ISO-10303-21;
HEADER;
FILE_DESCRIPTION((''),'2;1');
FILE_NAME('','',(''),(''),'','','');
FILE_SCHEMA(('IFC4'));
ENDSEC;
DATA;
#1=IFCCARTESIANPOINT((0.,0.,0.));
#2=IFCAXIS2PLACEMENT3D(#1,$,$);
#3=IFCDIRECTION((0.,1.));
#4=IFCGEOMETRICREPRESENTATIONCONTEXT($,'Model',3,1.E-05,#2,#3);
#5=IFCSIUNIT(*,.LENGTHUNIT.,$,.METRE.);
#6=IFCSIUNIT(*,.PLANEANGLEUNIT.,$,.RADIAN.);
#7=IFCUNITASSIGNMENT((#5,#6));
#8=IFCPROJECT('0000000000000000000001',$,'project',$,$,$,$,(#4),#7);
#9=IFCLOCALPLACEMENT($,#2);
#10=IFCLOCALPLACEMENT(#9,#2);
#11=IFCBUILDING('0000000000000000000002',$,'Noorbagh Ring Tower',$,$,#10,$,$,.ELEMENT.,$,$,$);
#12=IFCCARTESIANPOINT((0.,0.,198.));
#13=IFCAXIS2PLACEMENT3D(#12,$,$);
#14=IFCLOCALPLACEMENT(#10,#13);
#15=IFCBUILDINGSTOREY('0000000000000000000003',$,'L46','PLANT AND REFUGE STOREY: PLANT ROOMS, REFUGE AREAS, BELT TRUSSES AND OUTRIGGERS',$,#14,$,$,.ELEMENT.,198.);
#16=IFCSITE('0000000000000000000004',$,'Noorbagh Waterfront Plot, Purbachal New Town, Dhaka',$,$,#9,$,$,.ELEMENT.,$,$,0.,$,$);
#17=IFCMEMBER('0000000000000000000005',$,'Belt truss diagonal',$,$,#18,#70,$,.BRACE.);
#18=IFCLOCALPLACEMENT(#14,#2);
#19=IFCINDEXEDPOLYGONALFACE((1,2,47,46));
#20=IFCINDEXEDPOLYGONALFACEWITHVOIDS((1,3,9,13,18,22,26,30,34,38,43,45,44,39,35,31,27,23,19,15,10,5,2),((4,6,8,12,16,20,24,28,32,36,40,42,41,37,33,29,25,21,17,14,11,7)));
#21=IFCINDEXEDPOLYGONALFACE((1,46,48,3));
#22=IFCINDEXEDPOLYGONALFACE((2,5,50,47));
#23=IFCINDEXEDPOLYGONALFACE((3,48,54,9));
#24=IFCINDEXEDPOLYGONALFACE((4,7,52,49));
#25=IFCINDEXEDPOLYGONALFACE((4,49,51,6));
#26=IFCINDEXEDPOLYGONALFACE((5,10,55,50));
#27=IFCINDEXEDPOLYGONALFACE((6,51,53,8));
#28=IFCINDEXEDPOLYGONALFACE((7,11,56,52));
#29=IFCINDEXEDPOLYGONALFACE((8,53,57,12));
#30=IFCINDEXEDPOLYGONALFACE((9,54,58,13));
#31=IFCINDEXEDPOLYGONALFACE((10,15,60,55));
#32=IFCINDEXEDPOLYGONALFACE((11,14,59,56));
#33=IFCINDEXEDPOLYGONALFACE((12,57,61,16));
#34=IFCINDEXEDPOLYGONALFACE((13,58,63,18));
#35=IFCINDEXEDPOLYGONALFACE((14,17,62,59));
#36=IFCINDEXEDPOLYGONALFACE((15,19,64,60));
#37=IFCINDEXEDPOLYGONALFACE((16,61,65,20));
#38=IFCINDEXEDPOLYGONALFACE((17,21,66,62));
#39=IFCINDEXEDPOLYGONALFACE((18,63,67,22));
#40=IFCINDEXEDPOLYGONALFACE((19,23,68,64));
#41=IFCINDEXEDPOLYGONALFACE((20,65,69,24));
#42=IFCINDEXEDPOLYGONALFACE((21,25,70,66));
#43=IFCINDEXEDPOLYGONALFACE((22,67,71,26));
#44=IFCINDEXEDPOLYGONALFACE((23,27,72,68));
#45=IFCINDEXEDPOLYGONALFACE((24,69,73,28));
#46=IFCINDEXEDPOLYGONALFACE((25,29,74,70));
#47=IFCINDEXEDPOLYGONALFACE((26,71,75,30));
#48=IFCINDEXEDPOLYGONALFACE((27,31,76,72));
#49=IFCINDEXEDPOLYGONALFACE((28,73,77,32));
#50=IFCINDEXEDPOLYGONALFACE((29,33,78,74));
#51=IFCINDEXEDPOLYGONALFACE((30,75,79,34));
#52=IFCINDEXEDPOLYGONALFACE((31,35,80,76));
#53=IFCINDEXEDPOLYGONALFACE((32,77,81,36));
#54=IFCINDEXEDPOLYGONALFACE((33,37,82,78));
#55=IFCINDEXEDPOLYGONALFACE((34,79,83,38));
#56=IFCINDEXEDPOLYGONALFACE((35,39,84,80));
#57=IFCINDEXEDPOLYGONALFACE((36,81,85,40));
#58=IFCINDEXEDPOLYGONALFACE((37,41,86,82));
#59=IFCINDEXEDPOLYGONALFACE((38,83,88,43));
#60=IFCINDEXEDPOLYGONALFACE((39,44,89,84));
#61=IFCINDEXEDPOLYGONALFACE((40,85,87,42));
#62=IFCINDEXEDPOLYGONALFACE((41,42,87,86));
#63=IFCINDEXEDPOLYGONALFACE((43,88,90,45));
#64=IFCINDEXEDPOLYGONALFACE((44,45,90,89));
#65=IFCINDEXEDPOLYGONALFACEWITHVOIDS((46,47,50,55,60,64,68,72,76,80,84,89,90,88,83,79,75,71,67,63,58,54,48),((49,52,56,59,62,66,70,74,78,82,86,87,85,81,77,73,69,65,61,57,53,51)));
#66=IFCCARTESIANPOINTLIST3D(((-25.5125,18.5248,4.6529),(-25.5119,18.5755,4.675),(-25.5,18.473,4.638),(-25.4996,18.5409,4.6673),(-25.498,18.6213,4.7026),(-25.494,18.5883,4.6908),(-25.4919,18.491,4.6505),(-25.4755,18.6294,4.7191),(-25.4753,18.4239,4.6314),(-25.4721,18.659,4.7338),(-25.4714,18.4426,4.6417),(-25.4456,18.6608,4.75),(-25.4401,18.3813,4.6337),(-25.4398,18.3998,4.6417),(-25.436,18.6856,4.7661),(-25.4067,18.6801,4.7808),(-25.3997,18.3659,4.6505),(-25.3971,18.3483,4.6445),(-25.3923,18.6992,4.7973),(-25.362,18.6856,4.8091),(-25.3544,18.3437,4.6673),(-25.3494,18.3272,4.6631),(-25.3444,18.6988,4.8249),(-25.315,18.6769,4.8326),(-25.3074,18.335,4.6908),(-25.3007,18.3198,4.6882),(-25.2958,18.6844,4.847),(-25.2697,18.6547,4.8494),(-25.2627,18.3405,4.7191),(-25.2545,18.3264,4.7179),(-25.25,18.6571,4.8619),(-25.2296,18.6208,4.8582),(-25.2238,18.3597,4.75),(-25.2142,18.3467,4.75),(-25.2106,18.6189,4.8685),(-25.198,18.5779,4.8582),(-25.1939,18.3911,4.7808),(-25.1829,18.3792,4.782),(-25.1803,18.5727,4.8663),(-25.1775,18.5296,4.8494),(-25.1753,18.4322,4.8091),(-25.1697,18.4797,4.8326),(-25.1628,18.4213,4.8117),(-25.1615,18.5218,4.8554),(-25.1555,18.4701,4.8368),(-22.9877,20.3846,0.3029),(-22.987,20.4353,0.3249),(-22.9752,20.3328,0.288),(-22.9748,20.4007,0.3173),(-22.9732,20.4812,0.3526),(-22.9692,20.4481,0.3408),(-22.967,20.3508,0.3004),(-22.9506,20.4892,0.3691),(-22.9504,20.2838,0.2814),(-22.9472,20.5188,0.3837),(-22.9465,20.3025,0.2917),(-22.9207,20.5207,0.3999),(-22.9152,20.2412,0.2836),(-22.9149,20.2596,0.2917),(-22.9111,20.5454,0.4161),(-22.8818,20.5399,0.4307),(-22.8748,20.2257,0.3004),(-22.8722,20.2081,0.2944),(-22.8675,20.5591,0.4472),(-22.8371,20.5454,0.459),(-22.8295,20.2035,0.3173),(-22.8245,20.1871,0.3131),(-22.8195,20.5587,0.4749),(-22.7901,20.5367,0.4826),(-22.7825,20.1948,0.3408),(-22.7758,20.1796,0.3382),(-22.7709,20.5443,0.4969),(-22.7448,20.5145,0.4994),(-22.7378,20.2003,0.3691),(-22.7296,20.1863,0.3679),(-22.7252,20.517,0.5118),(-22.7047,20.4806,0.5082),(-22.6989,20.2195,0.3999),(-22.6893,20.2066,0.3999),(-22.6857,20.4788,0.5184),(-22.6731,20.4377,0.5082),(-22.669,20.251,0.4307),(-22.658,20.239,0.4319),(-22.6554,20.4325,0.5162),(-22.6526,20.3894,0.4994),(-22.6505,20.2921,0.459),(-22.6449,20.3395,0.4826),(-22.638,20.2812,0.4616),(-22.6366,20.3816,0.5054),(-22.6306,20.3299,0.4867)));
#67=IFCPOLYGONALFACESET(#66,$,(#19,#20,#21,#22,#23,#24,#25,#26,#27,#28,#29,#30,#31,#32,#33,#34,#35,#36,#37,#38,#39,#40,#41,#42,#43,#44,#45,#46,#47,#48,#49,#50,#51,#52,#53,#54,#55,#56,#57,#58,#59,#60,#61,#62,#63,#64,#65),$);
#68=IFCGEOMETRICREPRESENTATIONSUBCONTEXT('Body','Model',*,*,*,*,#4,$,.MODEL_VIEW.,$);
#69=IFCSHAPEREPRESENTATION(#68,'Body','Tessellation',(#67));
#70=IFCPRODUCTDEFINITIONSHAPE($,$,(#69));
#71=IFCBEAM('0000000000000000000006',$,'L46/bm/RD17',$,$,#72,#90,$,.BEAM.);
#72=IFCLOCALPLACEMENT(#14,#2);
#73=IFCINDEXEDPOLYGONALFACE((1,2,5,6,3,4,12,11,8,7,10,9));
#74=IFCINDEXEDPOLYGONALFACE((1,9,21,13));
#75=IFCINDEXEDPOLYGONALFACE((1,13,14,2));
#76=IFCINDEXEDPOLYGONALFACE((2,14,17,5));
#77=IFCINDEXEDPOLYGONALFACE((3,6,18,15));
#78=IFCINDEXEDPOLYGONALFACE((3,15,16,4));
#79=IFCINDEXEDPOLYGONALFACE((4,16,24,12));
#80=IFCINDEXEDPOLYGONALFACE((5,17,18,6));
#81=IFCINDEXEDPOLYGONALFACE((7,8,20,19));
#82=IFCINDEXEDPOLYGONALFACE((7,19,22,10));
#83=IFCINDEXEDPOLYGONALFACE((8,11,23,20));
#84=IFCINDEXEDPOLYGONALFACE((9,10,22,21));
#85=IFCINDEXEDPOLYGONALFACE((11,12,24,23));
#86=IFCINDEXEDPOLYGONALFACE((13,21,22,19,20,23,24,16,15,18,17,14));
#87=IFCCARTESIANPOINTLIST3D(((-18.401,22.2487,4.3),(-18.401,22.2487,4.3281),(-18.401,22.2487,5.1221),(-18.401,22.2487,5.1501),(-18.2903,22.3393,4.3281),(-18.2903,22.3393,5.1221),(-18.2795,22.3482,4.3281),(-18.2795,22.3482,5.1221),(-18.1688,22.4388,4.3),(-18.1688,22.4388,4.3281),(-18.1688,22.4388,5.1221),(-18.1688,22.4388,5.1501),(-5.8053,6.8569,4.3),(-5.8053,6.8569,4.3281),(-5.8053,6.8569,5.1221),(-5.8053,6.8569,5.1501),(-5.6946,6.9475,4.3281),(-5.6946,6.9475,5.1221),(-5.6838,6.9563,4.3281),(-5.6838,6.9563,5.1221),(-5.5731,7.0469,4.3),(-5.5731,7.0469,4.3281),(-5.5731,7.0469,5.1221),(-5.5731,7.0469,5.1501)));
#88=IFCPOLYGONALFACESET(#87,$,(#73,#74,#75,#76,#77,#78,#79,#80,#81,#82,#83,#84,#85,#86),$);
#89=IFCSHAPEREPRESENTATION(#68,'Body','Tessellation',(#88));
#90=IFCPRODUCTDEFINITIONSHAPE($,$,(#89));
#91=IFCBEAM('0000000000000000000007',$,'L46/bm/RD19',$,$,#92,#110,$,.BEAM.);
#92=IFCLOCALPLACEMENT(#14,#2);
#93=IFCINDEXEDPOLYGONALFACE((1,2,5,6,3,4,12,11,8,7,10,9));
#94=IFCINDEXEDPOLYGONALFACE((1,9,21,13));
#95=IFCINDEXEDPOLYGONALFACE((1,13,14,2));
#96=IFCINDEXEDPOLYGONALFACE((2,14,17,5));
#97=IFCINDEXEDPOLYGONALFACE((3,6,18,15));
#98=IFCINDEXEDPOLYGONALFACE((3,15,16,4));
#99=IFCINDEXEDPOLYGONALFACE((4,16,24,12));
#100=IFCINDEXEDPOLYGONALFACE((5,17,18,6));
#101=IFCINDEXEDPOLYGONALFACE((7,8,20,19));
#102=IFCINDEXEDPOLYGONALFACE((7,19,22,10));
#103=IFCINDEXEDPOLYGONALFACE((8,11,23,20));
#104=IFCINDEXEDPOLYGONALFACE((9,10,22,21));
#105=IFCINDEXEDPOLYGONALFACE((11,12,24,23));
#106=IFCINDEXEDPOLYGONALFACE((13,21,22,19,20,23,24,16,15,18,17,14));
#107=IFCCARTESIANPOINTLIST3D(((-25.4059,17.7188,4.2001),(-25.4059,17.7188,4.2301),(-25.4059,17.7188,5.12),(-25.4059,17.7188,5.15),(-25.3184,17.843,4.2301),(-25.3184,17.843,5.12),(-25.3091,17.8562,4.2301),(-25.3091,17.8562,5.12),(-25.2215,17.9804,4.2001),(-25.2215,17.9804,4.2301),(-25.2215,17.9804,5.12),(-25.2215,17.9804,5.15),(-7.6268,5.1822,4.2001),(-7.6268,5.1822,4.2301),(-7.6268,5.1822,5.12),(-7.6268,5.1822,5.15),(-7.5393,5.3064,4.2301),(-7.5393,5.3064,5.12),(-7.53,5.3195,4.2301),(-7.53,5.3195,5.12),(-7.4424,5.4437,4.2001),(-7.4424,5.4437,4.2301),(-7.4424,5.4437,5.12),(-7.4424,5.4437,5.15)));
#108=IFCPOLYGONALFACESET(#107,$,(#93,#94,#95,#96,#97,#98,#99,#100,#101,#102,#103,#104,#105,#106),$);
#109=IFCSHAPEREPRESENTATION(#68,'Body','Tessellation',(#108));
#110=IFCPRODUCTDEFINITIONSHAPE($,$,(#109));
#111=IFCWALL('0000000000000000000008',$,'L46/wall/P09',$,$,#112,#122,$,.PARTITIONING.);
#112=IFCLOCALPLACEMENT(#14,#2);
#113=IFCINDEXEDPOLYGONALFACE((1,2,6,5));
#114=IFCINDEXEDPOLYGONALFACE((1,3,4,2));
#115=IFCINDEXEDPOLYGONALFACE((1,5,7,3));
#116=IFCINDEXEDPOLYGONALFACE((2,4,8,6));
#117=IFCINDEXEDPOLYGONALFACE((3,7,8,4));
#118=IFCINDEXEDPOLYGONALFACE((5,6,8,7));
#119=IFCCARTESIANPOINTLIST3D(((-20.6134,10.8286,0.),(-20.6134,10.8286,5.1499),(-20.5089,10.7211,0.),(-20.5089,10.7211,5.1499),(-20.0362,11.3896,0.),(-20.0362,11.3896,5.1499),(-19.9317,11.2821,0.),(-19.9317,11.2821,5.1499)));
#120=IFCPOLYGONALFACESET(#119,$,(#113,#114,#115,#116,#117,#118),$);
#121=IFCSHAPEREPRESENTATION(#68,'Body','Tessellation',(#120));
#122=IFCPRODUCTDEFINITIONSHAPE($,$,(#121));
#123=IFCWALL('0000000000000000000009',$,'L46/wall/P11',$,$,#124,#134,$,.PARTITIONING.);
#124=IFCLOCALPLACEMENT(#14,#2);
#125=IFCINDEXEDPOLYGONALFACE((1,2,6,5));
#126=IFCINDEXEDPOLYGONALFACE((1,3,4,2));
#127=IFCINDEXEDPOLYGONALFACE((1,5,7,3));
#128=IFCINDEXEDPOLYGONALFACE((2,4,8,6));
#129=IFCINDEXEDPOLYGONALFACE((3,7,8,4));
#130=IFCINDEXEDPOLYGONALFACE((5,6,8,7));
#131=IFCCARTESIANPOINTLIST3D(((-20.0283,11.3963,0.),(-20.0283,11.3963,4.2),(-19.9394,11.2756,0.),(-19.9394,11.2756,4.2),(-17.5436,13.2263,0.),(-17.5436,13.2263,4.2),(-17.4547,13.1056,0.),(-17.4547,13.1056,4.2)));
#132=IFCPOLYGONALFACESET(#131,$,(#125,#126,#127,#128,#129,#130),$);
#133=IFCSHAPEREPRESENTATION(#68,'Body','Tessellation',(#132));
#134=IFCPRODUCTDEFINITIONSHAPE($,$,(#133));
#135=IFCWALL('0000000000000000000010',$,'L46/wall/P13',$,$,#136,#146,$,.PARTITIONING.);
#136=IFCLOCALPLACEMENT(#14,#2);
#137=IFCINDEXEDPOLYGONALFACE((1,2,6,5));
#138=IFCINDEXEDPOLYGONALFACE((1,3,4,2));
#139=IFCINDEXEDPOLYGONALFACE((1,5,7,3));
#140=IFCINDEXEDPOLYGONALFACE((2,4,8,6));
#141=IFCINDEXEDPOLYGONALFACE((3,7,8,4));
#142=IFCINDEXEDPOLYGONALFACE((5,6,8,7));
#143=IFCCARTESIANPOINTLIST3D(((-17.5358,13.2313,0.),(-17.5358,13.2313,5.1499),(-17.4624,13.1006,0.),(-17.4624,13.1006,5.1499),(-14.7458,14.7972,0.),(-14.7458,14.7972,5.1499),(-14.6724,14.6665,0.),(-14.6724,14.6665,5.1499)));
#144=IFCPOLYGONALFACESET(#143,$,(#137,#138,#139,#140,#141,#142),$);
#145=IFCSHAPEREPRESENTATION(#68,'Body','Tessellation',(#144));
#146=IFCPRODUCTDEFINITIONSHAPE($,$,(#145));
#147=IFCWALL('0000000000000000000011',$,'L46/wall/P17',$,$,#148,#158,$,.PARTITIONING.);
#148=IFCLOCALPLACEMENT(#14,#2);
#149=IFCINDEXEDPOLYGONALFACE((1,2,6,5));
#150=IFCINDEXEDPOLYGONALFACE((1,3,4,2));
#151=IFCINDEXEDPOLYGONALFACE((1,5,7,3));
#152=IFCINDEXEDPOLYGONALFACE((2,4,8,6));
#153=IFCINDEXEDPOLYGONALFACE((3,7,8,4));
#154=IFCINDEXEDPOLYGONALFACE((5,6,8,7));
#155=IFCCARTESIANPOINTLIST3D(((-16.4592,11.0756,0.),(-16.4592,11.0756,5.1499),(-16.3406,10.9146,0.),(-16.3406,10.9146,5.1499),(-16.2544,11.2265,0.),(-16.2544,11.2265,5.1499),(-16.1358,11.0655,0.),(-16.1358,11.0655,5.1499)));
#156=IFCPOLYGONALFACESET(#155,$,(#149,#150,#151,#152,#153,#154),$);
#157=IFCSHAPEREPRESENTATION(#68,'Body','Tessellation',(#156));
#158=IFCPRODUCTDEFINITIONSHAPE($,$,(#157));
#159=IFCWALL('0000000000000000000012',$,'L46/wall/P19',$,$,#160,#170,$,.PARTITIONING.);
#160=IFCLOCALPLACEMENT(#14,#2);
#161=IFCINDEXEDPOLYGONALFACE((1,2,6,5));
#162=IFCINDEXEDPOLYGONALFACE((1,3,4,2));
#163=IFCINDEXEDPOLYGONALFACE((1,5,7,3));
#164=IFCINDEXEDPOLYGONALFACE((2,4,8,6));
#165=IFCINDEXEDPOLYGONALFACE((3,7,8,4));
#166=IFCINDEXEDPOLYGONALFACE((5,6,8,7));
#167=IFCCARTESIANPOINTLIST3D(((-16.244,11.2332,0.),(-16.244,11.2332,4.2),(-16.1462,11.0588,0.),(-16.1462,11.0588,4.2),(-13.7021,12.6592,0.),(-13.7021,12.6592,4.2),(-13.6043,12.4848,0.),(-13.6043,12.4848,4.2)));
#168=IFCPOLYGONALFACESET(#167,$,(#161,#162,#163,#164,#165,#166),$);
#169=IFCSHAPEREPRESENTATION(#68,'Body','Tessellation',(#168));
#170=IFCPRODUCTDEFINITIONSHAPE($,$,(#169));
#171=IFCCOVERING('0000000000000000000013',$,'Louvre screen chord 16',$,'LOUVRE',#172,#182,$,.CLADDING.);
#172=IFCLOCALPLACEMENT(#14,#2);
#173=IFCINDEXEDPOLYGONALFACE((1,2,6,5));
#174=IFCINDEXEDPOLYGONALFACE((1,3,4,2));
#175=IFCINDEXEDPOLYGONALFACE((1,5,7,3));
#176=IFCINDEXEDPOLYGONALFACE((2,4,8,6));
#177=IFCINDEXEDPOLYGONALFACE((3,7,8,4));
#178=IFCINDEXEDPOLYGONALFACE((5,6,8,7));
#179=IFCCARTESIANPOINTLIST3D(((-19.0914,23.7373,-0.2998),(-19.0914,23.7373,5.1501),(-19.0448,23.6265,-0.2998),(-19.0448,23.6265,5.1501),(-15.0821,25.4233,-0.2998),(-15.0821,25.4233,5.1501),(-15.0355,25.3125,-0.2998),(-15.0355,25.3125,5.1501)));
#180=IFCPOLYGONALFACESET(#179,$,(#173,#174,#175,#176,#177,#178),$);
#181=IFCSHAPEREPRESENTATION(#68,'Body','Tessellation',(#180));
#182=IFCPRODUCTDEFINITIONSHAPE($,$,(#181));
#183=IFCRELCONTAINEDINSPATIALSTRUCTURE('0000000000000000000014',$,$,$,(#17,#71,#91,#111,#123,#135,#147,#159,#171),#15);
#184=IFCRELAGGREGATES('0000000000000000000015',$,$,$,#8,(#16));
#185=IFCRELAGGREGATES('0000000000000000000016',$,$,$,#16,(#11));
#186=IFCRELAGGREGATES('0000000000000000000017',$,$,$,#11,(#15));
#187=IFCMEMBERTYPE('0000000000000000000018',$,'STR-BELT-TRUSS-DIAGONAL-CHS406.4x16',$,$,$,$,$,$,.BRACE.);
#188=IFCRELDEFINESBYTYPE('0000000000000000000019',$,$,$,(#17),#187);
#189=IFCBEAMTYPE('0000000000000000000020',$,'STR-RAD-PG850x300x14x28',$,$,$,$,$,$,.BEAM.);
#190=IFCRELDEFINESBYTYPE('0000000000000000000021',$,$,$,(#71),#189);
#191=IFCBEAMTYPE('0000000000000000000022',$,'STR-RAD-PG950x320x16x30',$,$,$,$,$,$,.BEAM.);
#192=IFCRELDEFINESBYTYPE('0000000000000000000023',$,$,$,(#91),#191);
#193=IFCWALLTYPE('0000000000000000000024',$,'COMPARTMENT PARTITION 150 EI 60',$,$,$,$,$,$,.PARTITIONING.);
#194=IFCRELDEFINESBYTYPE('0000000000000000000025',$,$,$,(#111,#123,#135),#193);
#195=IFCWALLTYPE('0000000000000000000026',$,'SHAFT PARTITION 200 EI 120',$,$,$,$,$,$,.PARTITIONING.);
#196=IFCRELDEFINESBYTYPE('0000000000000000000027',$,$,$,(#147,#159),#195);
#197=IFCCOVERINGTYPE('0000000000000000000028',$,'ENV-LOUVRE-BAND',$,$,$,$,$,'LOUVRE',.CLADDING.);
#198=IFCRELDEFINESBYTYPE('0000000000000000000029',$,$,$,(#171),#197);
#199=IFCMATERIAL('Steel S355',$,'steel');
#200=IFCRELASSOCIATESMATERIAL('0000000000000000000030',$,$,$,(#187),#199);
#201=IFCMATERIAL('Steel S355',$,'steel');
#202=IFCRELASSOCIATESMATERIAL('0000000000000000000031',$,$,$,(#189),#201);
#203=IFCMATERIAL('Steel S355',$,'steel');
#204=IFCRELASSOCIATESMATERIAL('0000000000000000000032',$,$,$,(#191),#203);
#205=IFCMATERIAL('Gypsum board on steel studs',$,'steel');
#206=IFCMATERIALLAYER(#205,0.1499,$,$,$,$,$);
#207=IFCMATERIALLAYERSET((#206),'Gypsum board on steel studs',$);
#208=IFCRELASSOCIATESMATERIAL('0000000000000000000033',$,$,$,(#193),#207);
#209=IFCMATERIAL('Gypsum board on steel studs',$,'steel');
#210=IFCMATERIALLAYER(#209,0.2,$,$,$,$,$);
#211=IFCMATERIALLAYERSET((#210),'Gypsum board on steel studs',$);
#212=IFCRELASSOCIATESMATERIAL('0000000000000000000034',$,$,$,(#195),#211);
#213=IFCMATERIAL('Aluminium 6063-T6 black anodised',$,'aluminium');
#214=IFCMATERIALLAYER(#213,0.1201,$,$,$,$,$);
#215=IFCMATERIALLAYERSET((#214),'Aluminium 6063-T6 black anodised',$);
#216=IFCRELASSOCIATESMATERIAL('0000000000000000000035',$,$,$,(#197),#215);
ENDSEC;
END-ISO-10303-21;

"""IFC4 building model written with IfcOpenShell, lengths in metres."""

from ifc_helpers import new_model, si_unit, direction, frame, frame_2d, origin, origin_2d, place, context, subcontext, project, spatial, rectangle, hollow_circle, i_section, extrude, material, layer, layer_set, material_profile, profile_set, type_object, element, save


model = new_model("IFC4")

# Units and contexts
model_context = context("Model", 3, precision=1e-05, world=origin(), true_north=direction((0.0, 1.0)))
body_context = subcontext(model_context, "Body", "Model", "MODEL_VIEW")
ifc_project = project(units=[si_unit("LENGTHUNIT", "METRE"), si_unit("PLANEANGLEUNIT", "RADIAN")], contexts=[model_context])

# Site, building, storey
site_placement = place(None, origin())
site = spatial("IfcSite", under=ifc_project, at=site_placement, Name="Noorbagh Waterfront Plot, Purbachal New Town, Dhaka", CompositionType="ELEMENT", RefElevation=0.0)
building_placement = place(site_placement, origin())
building = spatial("IfcBuilding", under=site, at=building_placement, Name="Noorbagh Ring Tower", CompositionType="ELEMENT")
storey_placement = place(building_placement, frame((0.0, 0.0, 198.0)))
storey = spatial("IfcBuildingStorey", under=building, at=storey_placement, Name="L46", Description="PLANT AND REFUGE STOREY: PLANT ROOMS, REFUGE AREAS, BELT TRUSSES AND OUTRIGGERS", CompositionType="ELEMENT", Elevation=198.0)

# Member
ifc_material_1 = material(Name="Steel S355", Category="steel")
ifc_material_profile_1 = material_profile(ifc_material_1, hollow_circle(Radius=0.2031, WallThickness=0.0161, at=origin_2d()), Name="CHS406.4x16")
ifc_profile_set_1 = profile_set([ifc_material_profile_1], Name="Steel S355")
member_type = type_object("IfcMemberType", Name="STR-BELT-TRUSS-DIAGONAL-CHS406.4x16", PredefinedType="BRACE", material=ifc_profile_set_1)
member_1_placement = place(storey_placement, frame((-22.8098, 20.3701, 0.3999), z_axis=(-0.470835, -0.346821, 0.811191), x_axis=(0.593077, -0.805146, 0.0)))
element("IfcMember", 1, at=member_1_placement, inside=storey, type_object=member_type, Name="Belt truss diagonal", PredefinedType="BRACE", context=body_context, shape_type="SweptSolid", body=[
    extrude(hollow_circle(Radius=0.2031, WallThickness=0.0161, at=origin_2d()), origin(), (0.0, 0.0, 1.0), 5.3625),
])

# Beams
ifc_material_2 = material(Name="Steel S355", Category="steel")
ifc_material_profile_2 = material_profile(ifc_material_2, i_section(OverallWidth=0.3, OverallDepth=0.8501, WebThickness=0.0139, FlangeThickness=0.0281, at=origin_2d()), Name="PG850x300x14x28")
ifc_profile_set_2 = profile_set([ifc_material_profile_2], Name="Steel S355")
beam_type_1 = type_object("IfcBeamType", Name="STR-RAD-PG850x300x14x28", PredefinedType="BEAM", material=ifc_profile_set_2)
beam_1_placement = place(storey_placement, frame((-18.2849, 22.3438, 4.7251), z_axis=(0.633309, -0.773899, 0.0), x_axis=(0.773899, 0.633309, 0.0)))
element("IfcBeam", 2, at=beam_1_placement, inside=storey, type_object=beam_type_1, Name="L46/bm/RD17", PredefinedType="BEAM", context=body_context, shape_type="SweptSolid", body=[
    extrude(i_section(OverallWidth=0.3, OverallDepth=0.8501, WebThickness=0.0139, FlangeThickness=0.0281, at=origin_2d()), origin(), (0.0, 0.0, 1.0), 19.8887),
])
ifc_material_3 = material(Name="Steel S355", Category="steel")
ifc_material_profile_3 = material_profile(ifc_material_3, i_section(OverallWidth=0.3201, OverallDepth=0.95, WebThickness=0.0161, FlangeThickness=0.03, at=origin_2d()), Name="PG950x320x16x30")
ifc_profile_set_3 = profile_set([ifc_material_profile_3], Name="Steel S355")
beam_type_2 = type_object("IfcBeamType", Name="STR-RAD-PG950x320x16x30", PredefinedType="BEAM", material=ifc_profile_set_3)
beam_2_placement = place(storey_placement, frame((-25.3137, 17.8496, 4.675), z_axis=(0.817256, -0.576275, 0.0), x_axis=(0.576275, 0.817256, 0.0)))
element("IfcBeam", 3, at=beam_2_placement, inside=storey, type_object=beam_type_2, Name="L46/bm/RD19", PredefinedType="BEAM", context=body_context, shape_type="SweptSolid", body=[
    extrude(i_section(OverallWidth=0.3201, OverallDepth=0.95, WebThickness=0.0161, FlangeThickness=0.03, at=origin_2d()), origin(), (0.0, 0.0, 1.0), 21.7546),
])

# Walls
ifc_material_4 = material(Name="Gypsum board on steel studs", Category="steel")
ifc_layer_1 = layer(ifc_material_4, 0.1499)
ifc_layer_set_1 = layer_set([ifc_layer_1], Name="Gypsum board on steel studs")
wall_type_1 = type_object("IfcWallType", Name="COMPARTMENT PARTITION 150 EI 60", PredefinedType="PARTITIONING", material=ifc_layer_set_1)
wall_1_placement = place(storey_placement, frame((-20.561, 10.7749, 0.0), z_axis=(0.0, 0.0, 1.0), x_axis=(0.717045, 0.697026, 0.0)))
element("IfcWall", 4, at=wall_1_placement, inside=storey, type_object=wall_type_1, Name="L46/wall/P09", PredefinedType="PARTITIONING", context=body_context, shape_type="SweptSolid", body=[
    extrude(rectangle(XDim=0.8049, YDim=0.1499, at=frame_2d((0.4023, 0.0))), origin(), (0.0, 0.0, 1.0), 5.1499),
])
wall_2_placement = place(storey_placement, frame((-19.9839, 11.3359, 0.0), z_axis=(0.0, 0.0, 1.0), x_axis=(0.805191, 0.593016, 0.0)))
element("IfcWall", 5, at=wall_2_placement, inside=storey, type_object=wall_type_1, Name="L46/wall/P11", PredefinedType="PARTITIONING", context=body_context, shape_type="SweptSolid", body=[
    extrude(rectangle(XDim=3.0859, YDim=0.1499, at=frame_2d((1.543, 0.0))), origin(), (0.0, 0.0, 1.0), 4.2),
])
wall_3_placement = place(storey_placement, frame((-17.499, 13.166, 0.0), z_axis=(0.0, 0.0, 1.0), x_axis=(0.87204, 0.489435, 0.0)))
element("IfcWall", 6, at=wall_3_placement, inside=storey, type_object=wall_type_1, Name="L46/wall/P13", PredefinedType="PARTITIONING", context=body_context, shape_type="SweptSolid", body=[
    extrude(rectangle(XDim=3.1995, YDim=0.1499, at=frame_2d((1.5996, 0.0))), origin(), (0.0, 0.0, 1.0), 5.1499),
])
ifc_material_5 = material(Name="Gypsum board on steel studs", Category="steel")
ifc_layer_2 = layer(ifc_material_5, 0.2)
ifc_layer_set_2 = layer_set([ifc_layer_2], Name="Gypsum board on steel studs")
wall_type_2 = type_object("IfcWallType", Name="SHAFT PARTITION 200 EI 120", PredefinedType="PARTITIONING", material=ifc_layer_set_2)
wall_4_placement = place(storey_placement, frame((-16.3999, 10.9951, 0.0), z_axis=(0.0, 0.0, 1.0), x_axis=(0.805152, 0.593068, 0.0)))
element("IfcWall", 7, at=wall_4_placement, inside=storey, type_object=wall_type_2, Name="L46/wall/P17", PredefinedType="PARTITIONING", context=body_context, shape_type="SweptSolid", body=[
    extrude(rectangle(XDim=0.2544, YDim=0.2, at=frame_2d((0.1272, 0.0))), origin(), (0.0, 0.0, 1.0), 5.1499),
])
wall_5_placement = place(storey_placement, frame((-16.1951, 11.146, 0.0), z_axis=(0.0, 0.0, 1.0), x_axis=(0.872139, 0.489259, 0.0)))
element("IfcWall", 8, at=wall_5_placement, inside=storey, type_object=wall_type_2, Name="L46/wall/P19", PredefinedType="PARTITIONING", context=body_context, shape_type="SweptSolid", body=[
    extrude(rectangle(XDim=2.9146, YDim=0.2, at=frame_2d((1.4573, 0.0))), origin(), (0.0, 0.0, 1.0), 4.2),
])

# Covering
ifc_material_6 = material(Name="Aluminium 6063-T6 black anodised", Category="aluminium")
ifc_layer_3 = layer(ifc_material_6, 0.1201)
ifc_layer_set_3 = layer_set([ifc_layer_3], Name="Aluminium 6063-T6 black anodised")
covering_type_1 = type_object("IfcCoveringType", Name="ENV-LOUVRE-BAND", ElementType="LOUVRE", PredefinedType="CLADDING", material=ifc_layer_set_3)
covering_1_placement = place(storey_placement, frame((-17.0635, 24.5249, -0.2998), z_axis=(0.0, 0.0, 1.0), x_axis=(-0.921812, -0.387638, 0.0)))
element("IfcCovering", 9, at=covering_1_placement, inside=storey, type_object=covering_type_1, Name="Louvre screen chord 16", ObjectType="LOUVRE", PredefinedType="CLADDING", context=body_context, shape_type="SweptSolid", body=[
    extrude(rectangle(XDim=4.3494, YDim=0.1201, at=origin_2d()), origin(), (0.0, 0.0, 1.0), 5.45),
])

save(model, "model.ifc")
